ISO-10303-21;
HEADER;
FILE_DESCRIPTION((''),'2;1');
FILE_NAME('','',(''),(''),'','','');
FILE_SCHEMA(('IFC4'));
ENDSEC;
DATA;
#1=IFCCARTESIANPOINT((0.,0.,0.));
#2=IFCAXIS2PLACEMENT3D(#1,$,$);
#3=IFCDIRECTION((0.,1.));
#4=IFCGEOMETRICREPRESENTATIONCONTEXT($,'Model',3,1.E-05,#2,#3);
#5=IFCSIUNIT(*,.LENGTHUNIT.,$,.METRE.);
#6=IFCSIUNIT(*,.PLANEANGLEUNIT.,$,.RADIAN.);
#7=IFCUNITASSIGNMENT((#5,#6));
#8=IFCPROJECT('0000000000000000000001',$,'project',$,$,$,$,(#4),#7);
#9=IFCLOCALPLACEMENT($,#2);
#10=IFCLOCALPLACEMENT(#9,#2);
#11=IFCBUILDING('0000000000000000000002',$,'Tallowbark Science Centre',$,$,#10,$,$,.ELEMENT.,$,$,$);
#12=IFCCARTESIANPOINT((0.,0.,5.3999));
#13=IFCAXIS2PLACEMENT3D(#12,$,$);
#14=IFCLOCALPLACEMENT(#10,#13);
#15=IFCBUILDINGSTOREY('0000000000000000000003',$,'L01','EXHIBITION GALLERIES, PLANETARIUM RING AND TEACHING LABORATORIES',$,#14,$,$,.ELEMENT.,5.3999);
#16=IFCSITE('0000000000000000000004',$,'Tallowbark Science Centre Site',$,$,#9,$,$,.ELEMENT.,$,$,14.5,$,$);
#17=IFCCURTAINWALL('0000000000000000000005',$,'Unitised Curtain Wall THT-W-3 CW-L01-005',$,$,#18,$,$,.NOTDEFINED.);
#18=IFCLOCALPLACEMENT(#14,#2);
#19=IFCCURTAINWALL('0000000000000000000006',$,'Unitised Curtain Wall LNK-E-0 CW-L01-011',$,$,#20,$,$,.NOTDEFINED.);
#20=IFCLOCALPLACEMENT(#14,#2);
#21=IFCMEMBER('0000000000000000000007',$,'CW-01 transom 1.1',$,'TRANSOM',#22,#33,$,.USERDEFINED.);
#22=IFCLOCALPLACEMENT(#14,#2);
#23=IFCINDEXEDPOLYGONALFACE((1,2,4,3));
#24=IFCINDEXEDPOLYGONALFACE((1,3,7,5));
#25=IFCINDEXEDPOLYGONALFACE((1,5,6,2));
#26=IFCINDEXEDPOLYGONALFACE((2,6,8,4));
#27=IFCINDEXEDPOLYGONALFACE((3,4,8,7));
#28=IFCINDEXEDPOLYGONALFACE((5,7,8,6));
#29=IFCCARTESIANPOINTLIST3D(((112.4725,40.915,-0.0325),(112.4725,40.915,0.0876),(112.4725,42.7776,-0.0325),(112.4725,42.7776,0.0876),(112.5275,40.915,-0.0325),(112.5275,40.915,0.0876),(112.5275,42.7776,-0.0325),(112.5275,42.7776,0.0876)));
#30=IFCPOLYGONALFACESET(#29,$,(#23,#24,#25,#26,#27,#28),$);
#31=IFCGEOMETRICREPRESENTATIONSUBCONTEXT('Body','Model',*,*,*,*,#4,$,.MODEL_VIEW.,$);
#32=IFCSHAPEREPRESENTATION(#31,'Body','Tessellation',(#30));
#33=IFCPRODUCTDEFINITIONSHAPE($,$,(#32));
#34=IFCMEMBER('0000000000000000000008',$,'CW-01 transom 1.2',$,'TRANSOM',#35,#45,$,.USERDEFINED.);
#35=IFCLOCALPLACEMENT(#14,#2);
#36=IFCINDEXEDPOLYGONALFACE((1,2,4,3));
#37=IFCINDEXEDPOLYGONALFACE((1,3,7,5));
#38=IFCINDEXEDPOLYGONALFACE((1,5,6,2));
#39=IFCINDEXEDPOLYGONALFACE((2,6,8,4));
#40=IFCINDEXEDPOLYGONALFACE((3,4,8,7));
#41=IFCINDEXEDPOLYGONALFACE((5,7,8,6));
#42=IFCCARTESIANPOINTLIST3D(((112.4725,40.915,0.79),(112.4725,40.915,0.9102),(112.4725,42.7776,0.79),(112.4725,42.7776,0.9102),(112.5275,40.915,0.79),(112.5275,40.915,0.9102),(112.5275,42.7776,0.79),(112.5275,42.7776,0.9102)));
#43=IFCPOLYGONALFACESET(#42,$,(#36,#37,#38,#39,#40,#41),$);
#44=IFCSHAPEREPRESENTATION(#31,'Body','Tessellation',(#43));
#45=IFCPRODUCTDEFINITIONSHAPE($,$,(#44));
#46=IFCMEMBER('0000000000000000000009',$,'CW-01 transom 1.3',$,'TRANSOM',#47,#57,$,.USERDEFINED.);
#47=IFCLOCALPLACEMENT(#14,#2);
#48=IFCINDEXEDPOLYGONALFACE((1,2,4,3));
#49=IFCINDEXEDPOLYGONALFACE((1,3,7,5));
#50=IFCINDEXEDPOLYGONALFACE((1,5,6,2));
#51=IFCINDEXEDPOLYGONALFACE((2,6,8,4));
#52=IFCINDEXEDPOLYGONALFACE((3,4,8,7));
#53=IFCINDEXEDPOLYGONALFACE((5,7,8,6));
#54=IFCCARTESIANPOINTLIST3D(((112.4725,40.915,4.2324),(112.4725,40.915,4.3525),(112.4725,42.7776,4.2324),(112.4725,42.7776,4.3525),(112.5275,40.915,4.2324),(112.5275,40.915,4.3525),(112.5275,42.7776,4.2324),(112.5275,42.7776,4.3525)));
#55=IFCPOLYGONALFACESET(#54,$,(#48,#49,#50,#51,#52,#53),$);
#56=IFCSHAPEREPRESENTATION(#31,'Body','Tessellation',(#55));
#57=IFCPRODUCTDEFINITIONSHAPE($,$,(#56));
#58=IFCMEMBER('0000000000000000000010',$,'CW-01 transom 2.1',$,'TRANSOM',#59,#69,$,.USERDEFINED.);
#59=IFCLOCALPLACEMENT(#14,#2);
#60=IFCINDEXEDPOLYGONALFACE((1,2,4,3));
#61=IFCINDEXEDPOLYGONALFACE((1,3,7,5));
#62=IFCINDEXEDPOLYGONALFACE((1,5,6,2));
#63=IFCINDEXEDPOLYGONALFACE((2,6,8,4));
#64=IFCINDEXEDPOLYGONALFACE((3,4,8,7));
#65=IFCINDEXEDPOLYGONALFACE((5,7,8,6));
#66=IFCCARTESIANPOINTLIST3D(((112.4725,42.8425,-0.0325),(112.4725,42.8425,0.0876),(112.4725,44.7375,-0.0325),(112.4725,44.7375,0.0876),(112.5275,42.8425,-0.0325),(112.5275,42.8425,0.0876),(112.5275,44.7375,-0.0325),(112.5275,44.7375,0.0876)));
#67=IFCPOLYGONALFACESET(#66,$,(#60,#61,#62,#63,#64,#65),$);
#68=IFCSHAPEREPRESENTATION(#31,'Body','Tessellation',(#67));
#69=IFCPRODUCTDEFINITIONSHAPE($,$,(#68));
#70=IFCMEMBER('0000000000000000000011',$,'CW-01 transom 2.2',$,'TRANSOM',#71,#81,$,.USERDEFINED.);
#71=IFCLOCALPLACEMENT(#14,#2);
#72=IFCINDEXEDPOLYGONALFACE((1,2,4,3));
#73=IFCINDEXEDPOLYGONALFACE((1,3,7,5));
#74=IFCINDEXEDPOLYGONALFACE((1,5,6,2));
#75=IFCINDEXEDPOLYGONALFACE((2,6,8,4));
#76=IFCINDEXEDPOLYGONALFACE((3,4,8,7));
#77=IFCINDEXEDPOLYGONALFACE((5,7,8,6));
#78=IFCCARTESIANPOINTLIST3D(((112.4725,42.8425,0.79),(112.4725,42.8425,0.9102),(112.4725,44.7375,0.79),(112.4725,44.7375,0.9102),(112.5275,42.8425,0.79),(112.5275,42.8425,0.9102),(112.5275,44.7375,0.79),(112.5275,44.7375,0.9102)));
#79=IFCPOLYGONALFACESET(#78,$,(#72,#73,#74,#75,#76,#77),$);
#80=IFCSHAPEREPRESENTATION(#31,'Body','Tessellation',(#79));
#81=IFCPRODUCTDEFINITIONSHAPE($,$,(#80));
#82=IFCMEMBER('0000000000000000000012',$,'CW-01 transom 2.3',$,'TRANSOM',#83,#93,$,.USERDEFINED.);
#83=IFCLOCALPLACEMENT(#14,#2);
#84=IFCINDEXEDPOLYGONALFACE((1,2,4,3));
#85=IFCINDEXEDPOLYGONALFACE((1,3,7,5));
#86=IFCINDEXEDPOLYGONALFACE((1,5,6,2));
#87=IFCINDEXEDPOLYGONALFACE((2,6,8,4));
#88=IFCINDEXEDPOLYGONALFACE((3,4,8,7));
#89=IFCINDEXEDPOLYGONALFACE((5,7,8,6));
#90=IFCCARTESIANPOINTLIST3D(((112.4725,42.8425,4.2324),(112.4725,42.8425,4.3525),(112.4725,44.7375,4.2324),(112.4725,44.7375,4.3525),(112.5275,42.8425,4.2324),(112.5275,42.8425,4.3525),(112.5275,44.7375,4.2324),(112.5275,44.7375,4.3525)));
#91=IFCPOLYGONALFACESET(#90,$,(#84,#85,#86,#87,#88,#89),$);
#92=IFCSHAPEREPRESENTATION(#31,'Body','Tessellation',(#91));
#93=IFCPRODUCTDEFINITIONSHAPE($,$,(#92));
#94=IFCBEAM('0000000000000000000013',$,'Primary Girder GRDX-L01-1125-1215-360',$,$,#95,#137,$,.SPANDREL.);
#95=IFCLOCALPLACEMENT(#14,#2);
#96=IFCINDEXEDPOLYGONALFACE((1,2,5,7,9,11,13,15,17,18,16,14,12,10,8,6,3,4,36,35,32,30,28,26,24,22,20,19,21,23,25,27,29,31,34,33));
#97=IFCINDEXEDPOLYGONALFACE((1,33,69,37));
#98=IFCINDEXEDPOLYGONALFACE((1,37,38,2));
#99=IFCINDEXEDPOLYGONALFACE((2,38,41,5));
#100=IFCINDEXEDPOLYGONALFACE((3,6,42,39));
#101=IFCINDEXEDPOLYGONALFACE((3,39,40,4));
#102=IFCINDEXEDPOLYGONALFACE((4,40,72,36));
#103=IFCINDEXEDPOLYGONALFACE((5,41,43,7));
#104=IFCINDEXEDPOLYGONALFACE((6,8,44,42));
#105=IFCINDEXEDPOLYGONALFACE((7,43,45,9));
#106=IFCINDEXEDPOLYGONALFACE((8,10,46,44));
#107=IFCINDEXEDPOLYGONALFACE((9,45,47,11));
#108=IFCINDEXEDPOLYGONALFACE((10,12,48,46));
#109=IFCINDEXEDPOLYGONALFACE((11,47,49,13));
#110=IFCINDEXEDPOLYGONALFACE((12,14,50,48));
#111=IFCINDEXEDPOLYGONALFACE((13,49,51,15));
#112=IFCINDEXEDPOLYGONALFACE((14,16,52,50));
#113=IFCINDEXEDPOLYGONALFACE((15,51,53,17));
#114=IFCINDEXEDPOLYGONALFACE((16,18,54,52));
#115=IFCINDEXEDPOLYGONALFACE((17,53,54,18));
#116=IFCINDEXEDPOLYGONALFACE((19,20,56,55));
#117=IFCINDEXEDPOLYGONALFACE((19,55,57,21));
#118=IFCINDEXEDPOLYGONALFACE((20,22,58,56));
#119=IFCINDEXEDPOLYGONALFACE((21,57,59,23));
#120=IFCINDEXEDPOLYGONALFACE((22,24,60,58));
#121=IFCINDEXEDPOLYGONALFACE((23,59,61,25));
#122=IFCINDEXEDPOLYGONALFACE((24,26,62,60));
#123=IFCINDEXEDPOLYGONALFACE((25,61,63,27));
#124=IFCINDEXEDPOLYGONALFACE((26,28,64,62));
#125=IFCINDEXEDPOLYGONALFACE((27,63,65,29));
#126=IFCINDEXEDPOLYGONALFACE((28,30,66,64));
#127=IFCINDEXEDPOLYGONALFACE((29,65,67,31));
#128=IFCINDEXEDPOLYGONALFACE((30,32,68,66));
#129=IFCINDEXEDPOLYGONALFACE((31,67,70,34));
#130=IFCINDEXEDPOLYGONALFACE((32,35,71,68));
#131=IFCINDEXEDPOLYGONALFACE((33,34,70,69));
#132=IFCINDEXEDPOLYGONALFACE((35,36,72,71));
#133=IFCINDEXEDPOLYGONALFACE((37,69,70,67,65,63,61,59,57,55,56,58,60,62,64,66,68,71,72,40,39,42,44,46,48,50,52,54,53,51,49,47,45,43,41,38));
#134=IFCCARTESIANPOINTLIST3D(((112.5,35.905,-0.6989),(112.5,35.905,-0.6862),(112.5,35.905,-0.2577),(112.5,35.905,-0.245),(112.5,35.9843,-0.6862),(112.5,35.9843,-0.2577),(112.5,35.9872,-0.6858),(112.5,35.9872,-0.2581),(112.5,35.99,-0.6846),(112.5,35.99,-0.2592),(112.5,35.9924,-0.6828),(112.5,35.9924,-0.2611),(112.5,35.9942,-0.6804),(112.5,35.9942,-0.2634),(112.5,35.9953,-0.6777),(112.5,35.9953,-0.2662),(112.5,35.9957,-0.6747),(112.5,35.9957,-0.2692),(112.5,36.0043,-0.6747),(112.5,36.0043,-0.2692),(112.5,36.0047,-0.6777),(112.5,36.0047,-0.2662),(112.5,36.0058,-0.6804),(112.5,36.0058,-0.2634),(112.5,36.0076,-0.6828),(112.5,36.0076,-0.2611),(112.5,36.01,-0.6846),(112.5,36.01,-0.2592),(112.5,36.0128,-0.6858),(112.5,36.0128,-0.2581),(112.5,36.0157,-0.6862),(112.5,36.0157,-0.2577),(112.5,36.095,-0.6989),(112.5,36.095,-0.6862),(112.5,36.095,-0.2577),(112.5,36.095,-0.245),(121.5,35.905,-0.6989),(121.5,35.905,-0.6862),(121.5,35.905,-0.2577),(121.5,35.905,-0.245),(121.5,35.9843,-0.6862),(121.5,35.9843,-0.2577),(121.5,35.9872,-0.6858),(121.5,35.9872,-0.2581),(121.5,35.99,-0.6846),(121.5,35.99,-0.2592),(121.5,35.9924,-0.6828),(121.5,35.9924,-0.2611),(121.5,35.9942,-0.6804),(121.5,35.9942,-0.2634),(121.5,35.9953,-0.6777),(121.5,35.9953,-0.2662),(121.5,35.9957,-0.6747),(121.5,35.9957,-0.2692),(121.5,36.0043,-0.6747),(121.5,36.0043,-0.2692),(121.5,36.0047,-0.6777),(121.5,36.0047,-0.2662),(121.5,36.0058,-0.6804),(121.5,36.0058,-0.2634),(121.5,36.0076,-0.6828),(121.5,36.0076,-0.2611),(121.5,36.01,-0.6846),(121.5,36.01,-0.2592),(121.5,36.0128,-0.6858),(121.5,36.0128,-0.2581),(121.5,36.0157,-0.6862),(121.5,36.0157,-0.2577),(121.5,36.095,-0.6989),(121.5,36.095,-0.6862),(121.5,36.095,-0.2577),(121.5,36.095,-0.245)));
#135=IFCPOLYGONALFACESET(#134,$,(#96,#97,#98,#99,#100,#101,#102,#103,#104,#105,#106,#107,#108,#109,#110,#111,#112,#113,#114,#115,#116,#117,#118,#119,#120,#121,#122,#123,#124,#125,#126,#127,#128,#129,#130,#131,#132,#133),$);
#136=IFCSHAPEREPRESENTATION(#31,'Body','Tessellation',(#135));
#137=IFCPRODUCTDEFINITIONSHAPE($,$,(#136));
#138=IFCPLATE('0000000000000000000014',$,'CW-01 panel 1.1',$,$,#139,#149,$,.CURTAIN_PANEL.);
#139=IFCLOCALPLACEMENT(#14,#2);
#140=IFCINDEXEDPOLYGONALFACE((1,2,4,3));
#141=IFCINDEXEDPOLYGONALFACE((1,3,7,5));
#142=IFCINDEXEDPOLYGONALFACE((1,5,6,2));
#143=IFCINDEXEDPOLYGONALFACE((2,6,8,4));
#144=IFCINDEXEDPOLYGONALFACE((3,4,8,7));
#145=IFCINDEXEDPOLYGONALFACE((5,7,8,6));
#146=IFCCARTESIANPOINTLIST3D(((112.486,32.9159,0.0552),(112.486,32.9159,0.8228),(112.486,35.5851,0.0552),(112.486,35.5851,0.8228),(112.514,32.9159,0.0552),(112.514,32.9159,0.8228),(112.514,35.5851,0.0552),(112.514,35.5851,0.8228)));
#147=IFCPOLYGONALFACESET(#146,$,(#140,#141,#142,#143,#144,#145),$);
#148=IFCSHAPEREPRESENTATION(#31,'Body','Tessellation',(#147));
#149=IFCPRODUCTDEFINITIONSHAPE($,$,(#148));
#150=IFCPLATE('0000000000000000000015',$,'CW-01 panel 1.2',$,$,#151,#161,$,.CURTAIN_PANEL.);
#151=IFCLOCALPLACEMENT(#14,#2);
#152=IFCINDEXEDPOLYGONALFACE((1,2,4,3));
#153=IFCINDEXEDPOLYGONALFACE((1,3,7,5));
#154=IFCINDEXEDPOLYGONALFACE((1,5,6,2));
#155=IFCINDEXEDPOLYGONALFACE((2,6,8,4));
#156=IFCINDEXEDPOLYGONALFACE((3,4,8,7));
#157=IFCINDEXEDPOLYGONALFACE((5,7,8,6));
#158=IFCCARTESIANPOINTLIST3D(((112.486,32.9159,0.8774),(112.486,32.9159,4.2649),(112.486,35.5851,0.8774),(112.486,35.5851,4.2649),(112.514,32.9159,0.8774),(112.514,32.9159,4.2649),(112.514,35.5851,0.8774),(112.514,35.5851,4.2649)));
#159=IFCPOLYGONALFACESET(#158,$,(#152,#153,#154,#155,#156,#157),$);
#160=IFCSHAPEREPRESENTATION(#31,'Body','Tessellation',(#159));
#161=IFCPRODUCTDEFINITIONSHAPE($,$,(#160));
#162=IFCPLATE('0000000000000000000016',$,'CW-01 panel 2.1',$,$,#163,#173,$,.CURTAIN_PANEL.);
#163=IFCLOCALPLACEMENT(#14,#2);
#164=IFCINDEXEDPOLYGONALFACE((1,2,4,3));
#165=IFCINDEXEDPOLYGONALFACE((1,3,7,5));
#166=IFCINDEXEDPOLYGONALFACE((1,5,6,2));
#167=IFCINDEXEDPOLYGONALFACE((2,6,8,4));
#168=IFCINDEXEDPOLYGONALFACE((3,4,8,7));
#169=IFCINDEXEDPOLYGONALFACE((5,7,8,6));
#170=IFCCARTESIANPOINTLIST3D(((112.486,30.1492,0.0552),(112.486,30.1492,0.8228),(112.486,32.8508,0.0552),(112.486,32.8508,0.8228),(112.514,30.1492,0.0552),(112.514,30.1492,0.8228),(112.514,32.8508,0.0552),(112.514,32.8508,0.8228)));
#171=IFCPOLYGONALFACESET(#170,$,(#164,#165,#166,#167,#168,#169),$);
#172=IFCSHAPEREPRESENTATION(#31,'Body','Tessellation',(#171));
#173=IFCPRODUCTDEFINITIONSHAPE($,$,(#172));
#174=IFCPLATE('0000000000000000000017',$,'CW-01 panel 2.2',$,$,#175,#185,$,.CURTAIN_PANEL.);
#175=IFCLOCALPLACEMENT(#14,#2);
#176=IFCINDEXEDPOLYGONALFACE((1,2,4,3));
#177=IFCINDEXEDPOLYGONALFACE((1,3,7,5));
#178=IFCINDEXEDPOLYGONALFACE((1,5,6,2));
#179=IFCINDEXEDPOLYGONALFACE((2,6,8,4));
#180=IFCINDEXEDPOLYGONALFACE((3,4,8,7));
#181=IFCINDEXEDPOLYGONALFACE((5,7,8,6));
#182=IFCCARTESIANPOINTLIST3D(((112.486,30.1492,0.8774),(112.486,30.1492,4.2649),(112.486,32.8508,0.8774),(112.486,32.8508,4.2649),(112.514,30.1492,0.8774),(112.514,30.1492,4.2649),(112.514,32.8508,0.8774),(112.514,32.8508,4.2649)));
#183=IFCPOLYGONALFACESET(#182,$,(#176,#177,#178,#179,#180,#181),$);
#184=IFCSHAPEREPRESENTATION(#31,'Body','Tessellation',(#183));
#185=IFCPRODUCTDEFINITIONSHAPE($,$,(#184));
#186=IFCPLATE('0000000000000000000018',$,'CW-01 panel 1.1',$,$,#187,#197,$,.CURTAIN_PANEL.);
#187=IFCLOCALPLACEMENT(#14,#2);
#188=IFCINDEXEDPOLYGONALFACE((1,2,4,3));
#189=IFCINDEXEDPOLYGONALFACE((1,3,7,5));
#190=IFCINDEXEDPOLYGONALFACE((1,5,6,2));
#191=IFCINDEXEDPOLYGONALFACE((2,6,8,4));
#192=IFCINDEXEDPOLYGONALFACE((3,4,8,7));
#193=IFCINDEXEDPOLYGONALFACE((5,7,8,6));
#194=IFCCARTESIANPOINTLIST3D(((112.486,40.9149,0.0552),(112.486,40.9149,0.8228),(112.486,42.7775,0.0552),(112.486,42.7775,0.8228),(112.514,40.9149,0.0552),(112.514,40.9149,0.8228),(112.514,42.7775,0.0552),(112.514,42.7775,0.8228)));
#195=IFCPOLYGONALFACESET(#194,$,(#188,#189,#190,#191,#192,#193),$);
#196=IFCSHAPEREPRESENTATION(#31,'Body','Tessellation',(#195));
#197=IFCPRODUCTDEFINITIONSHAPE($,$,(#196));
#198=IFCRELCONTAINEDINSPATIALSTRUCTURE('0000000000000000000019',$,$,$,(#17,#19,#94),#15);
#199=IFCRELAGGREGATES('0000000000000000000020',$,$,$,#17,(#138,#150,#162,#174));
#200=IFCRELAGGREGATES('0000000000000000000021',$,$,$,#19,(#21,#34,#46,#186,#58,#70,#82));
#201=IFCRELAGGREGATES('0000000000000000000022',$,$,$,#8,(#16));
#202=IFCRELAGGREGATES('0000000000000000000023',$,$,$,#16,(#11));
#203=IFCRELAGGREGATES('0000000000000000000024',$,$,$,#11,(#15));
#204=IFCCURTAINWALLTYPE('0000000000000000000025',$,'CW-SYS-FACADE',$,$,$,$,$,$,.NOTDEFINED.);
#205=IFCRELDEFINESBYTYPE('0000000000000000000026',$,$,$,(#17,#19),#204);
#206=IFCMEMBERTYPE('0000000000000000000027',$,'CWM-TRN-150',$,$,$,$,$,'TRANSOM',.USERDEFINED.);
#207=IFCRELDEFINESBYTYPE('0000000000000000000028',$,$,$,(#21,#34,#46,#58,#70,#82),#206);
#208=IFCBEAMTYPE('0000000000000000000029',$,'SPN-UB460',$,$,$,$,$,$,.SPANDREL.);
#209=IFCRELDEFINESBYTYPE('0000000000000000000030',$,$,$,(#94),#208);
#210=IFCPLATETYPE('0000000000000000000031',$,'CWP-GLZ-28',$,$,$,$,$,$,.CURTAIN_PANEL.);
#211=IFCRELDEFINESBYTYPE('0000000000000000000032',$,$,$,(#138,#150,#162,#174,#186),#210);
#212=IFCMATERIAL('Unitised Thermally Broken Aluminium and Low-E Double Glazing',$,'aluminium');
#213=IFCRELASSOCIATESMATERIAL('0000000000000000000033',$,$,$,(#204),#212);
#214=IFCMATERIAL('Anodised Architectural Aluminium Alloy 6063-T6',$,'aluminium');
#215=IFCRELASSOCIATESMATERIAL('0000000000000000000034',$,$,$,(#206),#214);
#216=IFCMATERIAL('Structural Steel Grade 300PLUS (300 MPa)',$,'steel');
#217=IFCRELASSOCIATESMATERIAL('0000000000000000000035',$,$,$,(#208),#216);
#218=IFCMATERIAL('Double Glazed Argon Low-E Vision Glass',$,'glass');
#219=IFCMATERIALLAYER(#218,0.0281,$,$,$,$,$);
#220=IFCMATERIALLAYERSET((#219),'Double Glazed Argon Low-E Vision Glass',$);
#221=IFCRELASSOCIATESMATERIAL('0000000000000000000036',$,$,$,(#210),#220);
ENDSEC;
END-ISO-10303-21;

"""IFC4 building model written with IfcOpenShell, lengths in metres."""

from ifc_helpers import new_model, si_unit, direction, frame, origin, origin_2d, place, context, subcontext, project, spatial, rectangle, i_section, extrude, material, layer, layer_set, material_profile, profile_set, type_object, element, aggregate, save


model = new_model("IFC4")

# Units and contexts
model_context = context("Model", 3, precision=1e-05, world=origin(), true_north=direction((0.0, 1.0)))
body_context = subcontext(model_context, "Body", "Model", "MODEL_VIEW")
ifc_project = project(units=[si_unit("LENGTHUNIT", "METRE"), si_unit("PLANEANGLEUNIT", "RADIAN")], contexts=[model_context])

# Site, building, storey
site_placement = place(None, origin())
site = spatial("IfcSite", under=ifc_project, at=site_placement, Name="Tallowbark Science Centre Site", CompositionType="ELEMENT", RefElevation=14.5)
building_placement = place(site_placement, origin())
building = spatial("IfcBuilding", under=site, at=building_placement, Name="Tallowbark Science Centre", CompositionType="ELEMENT")
storey_placement = place(building_placement, frame((0.0, 0.0, 5.3999)))
storey = spatial("IfcBuildingStorey", under=building, at=storey_placement, Name="L01", Description="EXHIBITION GALLERIES, PLANETARIUM RING AND TEACHING LABORATORIES", CompositionType="ELEMENT", Elevation=5.3999)

# Shared definitions
ifc_material_1 = material(Name="Structural Steel Grade 300PLUS (300 MPa)", Category="steel")

# Curtain walls
ifc_material_2 = material(Name="Unitised Thermally Broken Aluminium and Low-E Double Glazing", Category="aluminium")
curtain_wall_type = type_object("IfcCurtainWallType", Name="CW-SYS-FACADE", PredefinedType="NOTDEFINED", material=ifc_material_2)
curtain_wall_1_placement = place(storey_placement, origin())
curtain_wall_1 = element("IfcCurtainWall", 1, at=curtain_wall_1_placement, inside=storey, type_object=curtain_wall_type, Name="Unitised Curtain Wall THT-W-3 CW-L01-005", PredefinedType="NOTDEFINED")
ifc_material_3 = material(Name="Anodised Architectural Aluminium Alloy 6063-T6", Category="aluminium")
curtain_wall_2_placement = place(storey_placement, origin())
curtain_wall_2 = element("IfcCurtainWall", 2, at=curtain_wall_2_placement, inside=storey, type_object=curtain_wall_type, Name="Unitised Curtain Wall LNK-E-0 CW-L01-011", PredefinedType="NOTDEFINED")

# Members
ifc_material_profile_1 = material_profile(ifc_material_3, rectangle(XDim=0.0549, YDim=0.1201, at=origin_2d()), Name="ALU55x120")
ifc_profile_set_1 = profile_set([ifc_material_profile_1], Name="Anodised Architectural Aluminium Alloy 6063-T6")
member_type_1 = type_object("IfcMemberType", Name="CWM-TRN-150", ElementType="TRANSOM", PredefinedType="USERDEFINED", material=ifc_profile_set_1)
member_1_placement = place(storey_placement, frame((112.5, 40.915, 0.0276), z_axis=(0.0, 1.0, 0.0), x_axis=(-1.0, 0.0, 0.0)))
member_1 = element("IfcMember", 3, at=member_1_placement, type_object=member_type_1, Name="CW-01 transom 1.1", ObjectType="TRANSOM", PredefinedType="USERDEFINED", context=body_context, shape_type="SweptSolid", body=[
    extrude(rectangle(XDim=0.0549, YDim=0.1201, at=origin_2d()), origin(), (0.0, 0.0, 1.0), 1.8625),
])
member_2_placement = place(storey_placement, frame((112.5, 40.915, 0.8501), z_axis=(0.0, 1.0, 0.0), x_axis=(-1.0, 0.0, 0.0)))
member_2 = element("IfcMember", 4, at=member_2_placement, type_object=member_type_1, Name="CW-01 transom 1.2", ObjectType="TRANSOM", PredefinedType="USERDEFINED", context=body_context, shape_type="SweptSolid", body=[
    extrude(rectangle(XDim=0.0549, YDim=0.1201, at=origin_2d()), origin(), (0.0, 0.0, 1.0), 1.8625),
])
member_3_placement = place(storey_placement, frame((112.5, 40.915, 4.2925), z_axis=(0.0, 1.0, 0.0), x_axis=(-1.0, 0.0, 0.0)))
member_3 = element("IfcMember", 5, at=member_3_placement, type_object=member_type_1, Name="CW-01 transom 1.3", ObjectType="TRANSOM", PredefinedType="USERDEFINED", context=body_context, shape_type="SweptSolid", body=[
    extrude(rectangle(XDim=0.0549, YDim=0.1201, at=origin_2d()), origin(), (0.0, 0.0, 1.0), 1.8625),
])
member_4_placement = place(storey_placement, frame((112.5, 42.8425, 0.0276), z_axis=(0.0, 1.0, 0.0), x_axis=(-1.0, 0.0, 0.0)))
member_4 = element("IfcMember", 6, at=member_4_placement, type_object=member_type_1, Name="CW-01 transom 2.1", ObjectType="TRANSOM", PredefinedType="USERDEFINED", context=body_context, shape_type="SweptSolid", body=[
    extrude(rectangle(XDim=0.0549, YDim=0.1201, at=origin_2d()), origin(), (0.0, 0.0, 1.0), 1.895),
])
member_5_placement = place(storey_placement, frame((112.5, 42.8425, 0.8501), z_axis=(0.0, 1.0, 0.0), x_axis=(-1.0, 0.0, 0.0)))
member_5 = element("IfcMember", 7, at=member_5_placement, type_object=member_type_1, Name="CW-01 transom 2.2", ObjectType="TRANSOM", PredefinedType="USERDEFINED", context=body_context, shape_type="SweptSolid", body=[
    extrude(rectangle(XDim=0.0549, YDim=0.1201, at=origin_2d()), origin(), (0.0, 0.0, 1.0), 1.895),
])
member_6_placement = place(storey_placement, frame((112.5, 42.8425, 4.2925), z_axis=(0.0, 1.0, 0.0), x_axis=(-1.0, 0.0, 0.0)))
member_6 = element("IfcMember", 8, at=member_6_placement, type_object=member_type_1, Name="CW-01 transom 2.3", ObjectType="TRANSOM", PredefinedType="USERDEFINED", context=body_context, shape_type="SweptSolid", body=[
    extrude(rectangle(XDim=0.0549, YDim=0.1201, at=origin_2d()), origin(), (0.0, 0.0, 1.0), 1.895),
])

# Beam
ifc_material_profile_2 = material_profile(ifc_material_1, i_section(OverallWidth=0.1899, OverallDepth=0.4539, WebThickness=0.0085, FlangeThickness=0.0127, FilletRadius=0.0115, at=origin_2d()), Name="460UB67.1")
ifc_profile_set_2 = profile_set([ifc_material_profile_2], Name="Structural Steel Grade 300PLUS (300 MPa)")
beam_type = type_object("IfcBeamType", Name="SPN-UB460", PredefinedType="SPANDREL", material=ifc_profile_set_2)
beam_placement = place(storey_placement, frame((112.5, 36.0, -0.4719), z_axis=(1.0, 0.0, 0.0), x_axis=(0.0, 1.0, 0.0)))
element("IfcBeam", 9, at=beam_placement, inside=storey, type_object=beam_type, Name="Primary Girder GRDX-L01-1125-1215-360", PredefinedType="SPANDREL", context=body_context, shape_type="SweptSolid", body=[
    extrude(i_section(OverallWidth=0.1899, OverallDepth=0.4539, WebThickness=0.0085, FlangeThickness=0.0127, FilletRadius=0.0115, at=origin_2d()), origin(), (0.0, 0.0, 1.0), 9.0),
])

# Plates
ifc_material_4 = material(Name="Double Glazed Argon Low-E Vision Glass", Category="glass")
ifc_layer = layer(ifc_material_4, 0.0281)
ifc_layer_set = layer_set([ifc_layer], Name="Double Glazed Argon Low-E Vision Glass")
plate_type = type_object("IfcPlateType", Name="CWP-GLZ-28", PredefinedType="CURTAIN_PANEL", material=ifc_layer_set)
plate_1_placement = place(storey_placement, frame((112.5, 34.2505, 0.0552), z_axis=(0.0, 0.0, 1.0), x_axis=(0.0, -1.0, 0.0)))
plate_1 = element("IfcPlate", 10, at=plate_1_placement, type_object=plate_type, Name="CW-01 panel 1.1", PredefinedType="CURTAIN_PANEL", context=body_context, shape_type="SweptSolid", body=[
    extrude(rectangle(XDim=2.6692, YDim=0.0281, at=origin_2d()), origin(), (0.0, 0.0, 1.0), 0.7676),
])
plate_2_placement = place(storey_placement, frame((112.5, 34.2505, 0.8774), z_axis=(0.0, 0.0, 1.0), x_axis=(0.0, -1.0, 0.0)))
plate_2 = element("IfcPlate", 11, at=plate_2_placement, type_object=plate_type, Name="CW-01 panel 1.2", PredefinedType="CURTAIN_PANEL", context=body_context, shape_type="SweptSolid", body=[
    extrude(rectangle(XDim=2.6692, YDim=0.0281, at=origin_2d()), origin(), (0.0, 0.0, 1.0), 3.3875),
])
plate_3_placement = place(storey_placement, frame((112.5, 31.5, 0.0552), z_axis=(0.0, 0.0, 1.0), x_axis=(0.0, -1.0, 0.0)))
plate_3 = element("IfcPlate", 12, at=plate_3_placement, type_object=plate_type, Name="CW-01 panel 2.1", PredefinedType="CURTAIN_PANEL", context=body_context, shape_type="SweptSolid", body=[
    extrude(rectangle(XDim=2.7017, YDim=0.0281, at=origin_2d()), origin(), (0.0, 0.0, 1.0), 0.7676),
])
plate_4_placement = place(storey_placement, frame((112.5, 31.5, 0.8774), z_axis=(0.0, 0.0, 1.0), x_axis=(0.0, -1.0, 0.0)))
plate_4 = element("IfcPlate", 13, at=plate_4_placement, type_object=plate_type, Name="CW-01 panel 2.2", PredefinedType="CURTAIN_PANEL", context=body_context, shape_type="SweptSolid", body=[
    extrude(rectangle(XDim=2.7017, YDim=0.0281, at=origin_2d()), origin(), (0.0, 0.0, 1.0), 3.3875),
])
aggregate(curtain_wall_1, [plate_1, plate_2, plate_3, plate_4])
plate_5_placement = place(storey_placement, frame((112.5, 41.8462, 0.0552), z_axis=(0.0, 0.0, 1.0), x_axis=(0.0, 1.0, 0.0)))
plate_5 = element("IfcPlate", 14, at=plate_5_placement, type_object=plate_type, Name="CW-01 panel 1.1", PredefinedType="CURTAIN_PANEL", context=body_context, shape_type="SweptSolid", body=[
    extrude(rectangle(XDim=1.8625, YDim=0.0281, at=origin_2d()), origin(), (0.0, 0.0, 1.0), 0.7676),
])
aggregate(curtain_wall_2, [member_1, member_2, member_3, plate_5, member_4, member_5, member_6])

save(model, "model.ifc")
